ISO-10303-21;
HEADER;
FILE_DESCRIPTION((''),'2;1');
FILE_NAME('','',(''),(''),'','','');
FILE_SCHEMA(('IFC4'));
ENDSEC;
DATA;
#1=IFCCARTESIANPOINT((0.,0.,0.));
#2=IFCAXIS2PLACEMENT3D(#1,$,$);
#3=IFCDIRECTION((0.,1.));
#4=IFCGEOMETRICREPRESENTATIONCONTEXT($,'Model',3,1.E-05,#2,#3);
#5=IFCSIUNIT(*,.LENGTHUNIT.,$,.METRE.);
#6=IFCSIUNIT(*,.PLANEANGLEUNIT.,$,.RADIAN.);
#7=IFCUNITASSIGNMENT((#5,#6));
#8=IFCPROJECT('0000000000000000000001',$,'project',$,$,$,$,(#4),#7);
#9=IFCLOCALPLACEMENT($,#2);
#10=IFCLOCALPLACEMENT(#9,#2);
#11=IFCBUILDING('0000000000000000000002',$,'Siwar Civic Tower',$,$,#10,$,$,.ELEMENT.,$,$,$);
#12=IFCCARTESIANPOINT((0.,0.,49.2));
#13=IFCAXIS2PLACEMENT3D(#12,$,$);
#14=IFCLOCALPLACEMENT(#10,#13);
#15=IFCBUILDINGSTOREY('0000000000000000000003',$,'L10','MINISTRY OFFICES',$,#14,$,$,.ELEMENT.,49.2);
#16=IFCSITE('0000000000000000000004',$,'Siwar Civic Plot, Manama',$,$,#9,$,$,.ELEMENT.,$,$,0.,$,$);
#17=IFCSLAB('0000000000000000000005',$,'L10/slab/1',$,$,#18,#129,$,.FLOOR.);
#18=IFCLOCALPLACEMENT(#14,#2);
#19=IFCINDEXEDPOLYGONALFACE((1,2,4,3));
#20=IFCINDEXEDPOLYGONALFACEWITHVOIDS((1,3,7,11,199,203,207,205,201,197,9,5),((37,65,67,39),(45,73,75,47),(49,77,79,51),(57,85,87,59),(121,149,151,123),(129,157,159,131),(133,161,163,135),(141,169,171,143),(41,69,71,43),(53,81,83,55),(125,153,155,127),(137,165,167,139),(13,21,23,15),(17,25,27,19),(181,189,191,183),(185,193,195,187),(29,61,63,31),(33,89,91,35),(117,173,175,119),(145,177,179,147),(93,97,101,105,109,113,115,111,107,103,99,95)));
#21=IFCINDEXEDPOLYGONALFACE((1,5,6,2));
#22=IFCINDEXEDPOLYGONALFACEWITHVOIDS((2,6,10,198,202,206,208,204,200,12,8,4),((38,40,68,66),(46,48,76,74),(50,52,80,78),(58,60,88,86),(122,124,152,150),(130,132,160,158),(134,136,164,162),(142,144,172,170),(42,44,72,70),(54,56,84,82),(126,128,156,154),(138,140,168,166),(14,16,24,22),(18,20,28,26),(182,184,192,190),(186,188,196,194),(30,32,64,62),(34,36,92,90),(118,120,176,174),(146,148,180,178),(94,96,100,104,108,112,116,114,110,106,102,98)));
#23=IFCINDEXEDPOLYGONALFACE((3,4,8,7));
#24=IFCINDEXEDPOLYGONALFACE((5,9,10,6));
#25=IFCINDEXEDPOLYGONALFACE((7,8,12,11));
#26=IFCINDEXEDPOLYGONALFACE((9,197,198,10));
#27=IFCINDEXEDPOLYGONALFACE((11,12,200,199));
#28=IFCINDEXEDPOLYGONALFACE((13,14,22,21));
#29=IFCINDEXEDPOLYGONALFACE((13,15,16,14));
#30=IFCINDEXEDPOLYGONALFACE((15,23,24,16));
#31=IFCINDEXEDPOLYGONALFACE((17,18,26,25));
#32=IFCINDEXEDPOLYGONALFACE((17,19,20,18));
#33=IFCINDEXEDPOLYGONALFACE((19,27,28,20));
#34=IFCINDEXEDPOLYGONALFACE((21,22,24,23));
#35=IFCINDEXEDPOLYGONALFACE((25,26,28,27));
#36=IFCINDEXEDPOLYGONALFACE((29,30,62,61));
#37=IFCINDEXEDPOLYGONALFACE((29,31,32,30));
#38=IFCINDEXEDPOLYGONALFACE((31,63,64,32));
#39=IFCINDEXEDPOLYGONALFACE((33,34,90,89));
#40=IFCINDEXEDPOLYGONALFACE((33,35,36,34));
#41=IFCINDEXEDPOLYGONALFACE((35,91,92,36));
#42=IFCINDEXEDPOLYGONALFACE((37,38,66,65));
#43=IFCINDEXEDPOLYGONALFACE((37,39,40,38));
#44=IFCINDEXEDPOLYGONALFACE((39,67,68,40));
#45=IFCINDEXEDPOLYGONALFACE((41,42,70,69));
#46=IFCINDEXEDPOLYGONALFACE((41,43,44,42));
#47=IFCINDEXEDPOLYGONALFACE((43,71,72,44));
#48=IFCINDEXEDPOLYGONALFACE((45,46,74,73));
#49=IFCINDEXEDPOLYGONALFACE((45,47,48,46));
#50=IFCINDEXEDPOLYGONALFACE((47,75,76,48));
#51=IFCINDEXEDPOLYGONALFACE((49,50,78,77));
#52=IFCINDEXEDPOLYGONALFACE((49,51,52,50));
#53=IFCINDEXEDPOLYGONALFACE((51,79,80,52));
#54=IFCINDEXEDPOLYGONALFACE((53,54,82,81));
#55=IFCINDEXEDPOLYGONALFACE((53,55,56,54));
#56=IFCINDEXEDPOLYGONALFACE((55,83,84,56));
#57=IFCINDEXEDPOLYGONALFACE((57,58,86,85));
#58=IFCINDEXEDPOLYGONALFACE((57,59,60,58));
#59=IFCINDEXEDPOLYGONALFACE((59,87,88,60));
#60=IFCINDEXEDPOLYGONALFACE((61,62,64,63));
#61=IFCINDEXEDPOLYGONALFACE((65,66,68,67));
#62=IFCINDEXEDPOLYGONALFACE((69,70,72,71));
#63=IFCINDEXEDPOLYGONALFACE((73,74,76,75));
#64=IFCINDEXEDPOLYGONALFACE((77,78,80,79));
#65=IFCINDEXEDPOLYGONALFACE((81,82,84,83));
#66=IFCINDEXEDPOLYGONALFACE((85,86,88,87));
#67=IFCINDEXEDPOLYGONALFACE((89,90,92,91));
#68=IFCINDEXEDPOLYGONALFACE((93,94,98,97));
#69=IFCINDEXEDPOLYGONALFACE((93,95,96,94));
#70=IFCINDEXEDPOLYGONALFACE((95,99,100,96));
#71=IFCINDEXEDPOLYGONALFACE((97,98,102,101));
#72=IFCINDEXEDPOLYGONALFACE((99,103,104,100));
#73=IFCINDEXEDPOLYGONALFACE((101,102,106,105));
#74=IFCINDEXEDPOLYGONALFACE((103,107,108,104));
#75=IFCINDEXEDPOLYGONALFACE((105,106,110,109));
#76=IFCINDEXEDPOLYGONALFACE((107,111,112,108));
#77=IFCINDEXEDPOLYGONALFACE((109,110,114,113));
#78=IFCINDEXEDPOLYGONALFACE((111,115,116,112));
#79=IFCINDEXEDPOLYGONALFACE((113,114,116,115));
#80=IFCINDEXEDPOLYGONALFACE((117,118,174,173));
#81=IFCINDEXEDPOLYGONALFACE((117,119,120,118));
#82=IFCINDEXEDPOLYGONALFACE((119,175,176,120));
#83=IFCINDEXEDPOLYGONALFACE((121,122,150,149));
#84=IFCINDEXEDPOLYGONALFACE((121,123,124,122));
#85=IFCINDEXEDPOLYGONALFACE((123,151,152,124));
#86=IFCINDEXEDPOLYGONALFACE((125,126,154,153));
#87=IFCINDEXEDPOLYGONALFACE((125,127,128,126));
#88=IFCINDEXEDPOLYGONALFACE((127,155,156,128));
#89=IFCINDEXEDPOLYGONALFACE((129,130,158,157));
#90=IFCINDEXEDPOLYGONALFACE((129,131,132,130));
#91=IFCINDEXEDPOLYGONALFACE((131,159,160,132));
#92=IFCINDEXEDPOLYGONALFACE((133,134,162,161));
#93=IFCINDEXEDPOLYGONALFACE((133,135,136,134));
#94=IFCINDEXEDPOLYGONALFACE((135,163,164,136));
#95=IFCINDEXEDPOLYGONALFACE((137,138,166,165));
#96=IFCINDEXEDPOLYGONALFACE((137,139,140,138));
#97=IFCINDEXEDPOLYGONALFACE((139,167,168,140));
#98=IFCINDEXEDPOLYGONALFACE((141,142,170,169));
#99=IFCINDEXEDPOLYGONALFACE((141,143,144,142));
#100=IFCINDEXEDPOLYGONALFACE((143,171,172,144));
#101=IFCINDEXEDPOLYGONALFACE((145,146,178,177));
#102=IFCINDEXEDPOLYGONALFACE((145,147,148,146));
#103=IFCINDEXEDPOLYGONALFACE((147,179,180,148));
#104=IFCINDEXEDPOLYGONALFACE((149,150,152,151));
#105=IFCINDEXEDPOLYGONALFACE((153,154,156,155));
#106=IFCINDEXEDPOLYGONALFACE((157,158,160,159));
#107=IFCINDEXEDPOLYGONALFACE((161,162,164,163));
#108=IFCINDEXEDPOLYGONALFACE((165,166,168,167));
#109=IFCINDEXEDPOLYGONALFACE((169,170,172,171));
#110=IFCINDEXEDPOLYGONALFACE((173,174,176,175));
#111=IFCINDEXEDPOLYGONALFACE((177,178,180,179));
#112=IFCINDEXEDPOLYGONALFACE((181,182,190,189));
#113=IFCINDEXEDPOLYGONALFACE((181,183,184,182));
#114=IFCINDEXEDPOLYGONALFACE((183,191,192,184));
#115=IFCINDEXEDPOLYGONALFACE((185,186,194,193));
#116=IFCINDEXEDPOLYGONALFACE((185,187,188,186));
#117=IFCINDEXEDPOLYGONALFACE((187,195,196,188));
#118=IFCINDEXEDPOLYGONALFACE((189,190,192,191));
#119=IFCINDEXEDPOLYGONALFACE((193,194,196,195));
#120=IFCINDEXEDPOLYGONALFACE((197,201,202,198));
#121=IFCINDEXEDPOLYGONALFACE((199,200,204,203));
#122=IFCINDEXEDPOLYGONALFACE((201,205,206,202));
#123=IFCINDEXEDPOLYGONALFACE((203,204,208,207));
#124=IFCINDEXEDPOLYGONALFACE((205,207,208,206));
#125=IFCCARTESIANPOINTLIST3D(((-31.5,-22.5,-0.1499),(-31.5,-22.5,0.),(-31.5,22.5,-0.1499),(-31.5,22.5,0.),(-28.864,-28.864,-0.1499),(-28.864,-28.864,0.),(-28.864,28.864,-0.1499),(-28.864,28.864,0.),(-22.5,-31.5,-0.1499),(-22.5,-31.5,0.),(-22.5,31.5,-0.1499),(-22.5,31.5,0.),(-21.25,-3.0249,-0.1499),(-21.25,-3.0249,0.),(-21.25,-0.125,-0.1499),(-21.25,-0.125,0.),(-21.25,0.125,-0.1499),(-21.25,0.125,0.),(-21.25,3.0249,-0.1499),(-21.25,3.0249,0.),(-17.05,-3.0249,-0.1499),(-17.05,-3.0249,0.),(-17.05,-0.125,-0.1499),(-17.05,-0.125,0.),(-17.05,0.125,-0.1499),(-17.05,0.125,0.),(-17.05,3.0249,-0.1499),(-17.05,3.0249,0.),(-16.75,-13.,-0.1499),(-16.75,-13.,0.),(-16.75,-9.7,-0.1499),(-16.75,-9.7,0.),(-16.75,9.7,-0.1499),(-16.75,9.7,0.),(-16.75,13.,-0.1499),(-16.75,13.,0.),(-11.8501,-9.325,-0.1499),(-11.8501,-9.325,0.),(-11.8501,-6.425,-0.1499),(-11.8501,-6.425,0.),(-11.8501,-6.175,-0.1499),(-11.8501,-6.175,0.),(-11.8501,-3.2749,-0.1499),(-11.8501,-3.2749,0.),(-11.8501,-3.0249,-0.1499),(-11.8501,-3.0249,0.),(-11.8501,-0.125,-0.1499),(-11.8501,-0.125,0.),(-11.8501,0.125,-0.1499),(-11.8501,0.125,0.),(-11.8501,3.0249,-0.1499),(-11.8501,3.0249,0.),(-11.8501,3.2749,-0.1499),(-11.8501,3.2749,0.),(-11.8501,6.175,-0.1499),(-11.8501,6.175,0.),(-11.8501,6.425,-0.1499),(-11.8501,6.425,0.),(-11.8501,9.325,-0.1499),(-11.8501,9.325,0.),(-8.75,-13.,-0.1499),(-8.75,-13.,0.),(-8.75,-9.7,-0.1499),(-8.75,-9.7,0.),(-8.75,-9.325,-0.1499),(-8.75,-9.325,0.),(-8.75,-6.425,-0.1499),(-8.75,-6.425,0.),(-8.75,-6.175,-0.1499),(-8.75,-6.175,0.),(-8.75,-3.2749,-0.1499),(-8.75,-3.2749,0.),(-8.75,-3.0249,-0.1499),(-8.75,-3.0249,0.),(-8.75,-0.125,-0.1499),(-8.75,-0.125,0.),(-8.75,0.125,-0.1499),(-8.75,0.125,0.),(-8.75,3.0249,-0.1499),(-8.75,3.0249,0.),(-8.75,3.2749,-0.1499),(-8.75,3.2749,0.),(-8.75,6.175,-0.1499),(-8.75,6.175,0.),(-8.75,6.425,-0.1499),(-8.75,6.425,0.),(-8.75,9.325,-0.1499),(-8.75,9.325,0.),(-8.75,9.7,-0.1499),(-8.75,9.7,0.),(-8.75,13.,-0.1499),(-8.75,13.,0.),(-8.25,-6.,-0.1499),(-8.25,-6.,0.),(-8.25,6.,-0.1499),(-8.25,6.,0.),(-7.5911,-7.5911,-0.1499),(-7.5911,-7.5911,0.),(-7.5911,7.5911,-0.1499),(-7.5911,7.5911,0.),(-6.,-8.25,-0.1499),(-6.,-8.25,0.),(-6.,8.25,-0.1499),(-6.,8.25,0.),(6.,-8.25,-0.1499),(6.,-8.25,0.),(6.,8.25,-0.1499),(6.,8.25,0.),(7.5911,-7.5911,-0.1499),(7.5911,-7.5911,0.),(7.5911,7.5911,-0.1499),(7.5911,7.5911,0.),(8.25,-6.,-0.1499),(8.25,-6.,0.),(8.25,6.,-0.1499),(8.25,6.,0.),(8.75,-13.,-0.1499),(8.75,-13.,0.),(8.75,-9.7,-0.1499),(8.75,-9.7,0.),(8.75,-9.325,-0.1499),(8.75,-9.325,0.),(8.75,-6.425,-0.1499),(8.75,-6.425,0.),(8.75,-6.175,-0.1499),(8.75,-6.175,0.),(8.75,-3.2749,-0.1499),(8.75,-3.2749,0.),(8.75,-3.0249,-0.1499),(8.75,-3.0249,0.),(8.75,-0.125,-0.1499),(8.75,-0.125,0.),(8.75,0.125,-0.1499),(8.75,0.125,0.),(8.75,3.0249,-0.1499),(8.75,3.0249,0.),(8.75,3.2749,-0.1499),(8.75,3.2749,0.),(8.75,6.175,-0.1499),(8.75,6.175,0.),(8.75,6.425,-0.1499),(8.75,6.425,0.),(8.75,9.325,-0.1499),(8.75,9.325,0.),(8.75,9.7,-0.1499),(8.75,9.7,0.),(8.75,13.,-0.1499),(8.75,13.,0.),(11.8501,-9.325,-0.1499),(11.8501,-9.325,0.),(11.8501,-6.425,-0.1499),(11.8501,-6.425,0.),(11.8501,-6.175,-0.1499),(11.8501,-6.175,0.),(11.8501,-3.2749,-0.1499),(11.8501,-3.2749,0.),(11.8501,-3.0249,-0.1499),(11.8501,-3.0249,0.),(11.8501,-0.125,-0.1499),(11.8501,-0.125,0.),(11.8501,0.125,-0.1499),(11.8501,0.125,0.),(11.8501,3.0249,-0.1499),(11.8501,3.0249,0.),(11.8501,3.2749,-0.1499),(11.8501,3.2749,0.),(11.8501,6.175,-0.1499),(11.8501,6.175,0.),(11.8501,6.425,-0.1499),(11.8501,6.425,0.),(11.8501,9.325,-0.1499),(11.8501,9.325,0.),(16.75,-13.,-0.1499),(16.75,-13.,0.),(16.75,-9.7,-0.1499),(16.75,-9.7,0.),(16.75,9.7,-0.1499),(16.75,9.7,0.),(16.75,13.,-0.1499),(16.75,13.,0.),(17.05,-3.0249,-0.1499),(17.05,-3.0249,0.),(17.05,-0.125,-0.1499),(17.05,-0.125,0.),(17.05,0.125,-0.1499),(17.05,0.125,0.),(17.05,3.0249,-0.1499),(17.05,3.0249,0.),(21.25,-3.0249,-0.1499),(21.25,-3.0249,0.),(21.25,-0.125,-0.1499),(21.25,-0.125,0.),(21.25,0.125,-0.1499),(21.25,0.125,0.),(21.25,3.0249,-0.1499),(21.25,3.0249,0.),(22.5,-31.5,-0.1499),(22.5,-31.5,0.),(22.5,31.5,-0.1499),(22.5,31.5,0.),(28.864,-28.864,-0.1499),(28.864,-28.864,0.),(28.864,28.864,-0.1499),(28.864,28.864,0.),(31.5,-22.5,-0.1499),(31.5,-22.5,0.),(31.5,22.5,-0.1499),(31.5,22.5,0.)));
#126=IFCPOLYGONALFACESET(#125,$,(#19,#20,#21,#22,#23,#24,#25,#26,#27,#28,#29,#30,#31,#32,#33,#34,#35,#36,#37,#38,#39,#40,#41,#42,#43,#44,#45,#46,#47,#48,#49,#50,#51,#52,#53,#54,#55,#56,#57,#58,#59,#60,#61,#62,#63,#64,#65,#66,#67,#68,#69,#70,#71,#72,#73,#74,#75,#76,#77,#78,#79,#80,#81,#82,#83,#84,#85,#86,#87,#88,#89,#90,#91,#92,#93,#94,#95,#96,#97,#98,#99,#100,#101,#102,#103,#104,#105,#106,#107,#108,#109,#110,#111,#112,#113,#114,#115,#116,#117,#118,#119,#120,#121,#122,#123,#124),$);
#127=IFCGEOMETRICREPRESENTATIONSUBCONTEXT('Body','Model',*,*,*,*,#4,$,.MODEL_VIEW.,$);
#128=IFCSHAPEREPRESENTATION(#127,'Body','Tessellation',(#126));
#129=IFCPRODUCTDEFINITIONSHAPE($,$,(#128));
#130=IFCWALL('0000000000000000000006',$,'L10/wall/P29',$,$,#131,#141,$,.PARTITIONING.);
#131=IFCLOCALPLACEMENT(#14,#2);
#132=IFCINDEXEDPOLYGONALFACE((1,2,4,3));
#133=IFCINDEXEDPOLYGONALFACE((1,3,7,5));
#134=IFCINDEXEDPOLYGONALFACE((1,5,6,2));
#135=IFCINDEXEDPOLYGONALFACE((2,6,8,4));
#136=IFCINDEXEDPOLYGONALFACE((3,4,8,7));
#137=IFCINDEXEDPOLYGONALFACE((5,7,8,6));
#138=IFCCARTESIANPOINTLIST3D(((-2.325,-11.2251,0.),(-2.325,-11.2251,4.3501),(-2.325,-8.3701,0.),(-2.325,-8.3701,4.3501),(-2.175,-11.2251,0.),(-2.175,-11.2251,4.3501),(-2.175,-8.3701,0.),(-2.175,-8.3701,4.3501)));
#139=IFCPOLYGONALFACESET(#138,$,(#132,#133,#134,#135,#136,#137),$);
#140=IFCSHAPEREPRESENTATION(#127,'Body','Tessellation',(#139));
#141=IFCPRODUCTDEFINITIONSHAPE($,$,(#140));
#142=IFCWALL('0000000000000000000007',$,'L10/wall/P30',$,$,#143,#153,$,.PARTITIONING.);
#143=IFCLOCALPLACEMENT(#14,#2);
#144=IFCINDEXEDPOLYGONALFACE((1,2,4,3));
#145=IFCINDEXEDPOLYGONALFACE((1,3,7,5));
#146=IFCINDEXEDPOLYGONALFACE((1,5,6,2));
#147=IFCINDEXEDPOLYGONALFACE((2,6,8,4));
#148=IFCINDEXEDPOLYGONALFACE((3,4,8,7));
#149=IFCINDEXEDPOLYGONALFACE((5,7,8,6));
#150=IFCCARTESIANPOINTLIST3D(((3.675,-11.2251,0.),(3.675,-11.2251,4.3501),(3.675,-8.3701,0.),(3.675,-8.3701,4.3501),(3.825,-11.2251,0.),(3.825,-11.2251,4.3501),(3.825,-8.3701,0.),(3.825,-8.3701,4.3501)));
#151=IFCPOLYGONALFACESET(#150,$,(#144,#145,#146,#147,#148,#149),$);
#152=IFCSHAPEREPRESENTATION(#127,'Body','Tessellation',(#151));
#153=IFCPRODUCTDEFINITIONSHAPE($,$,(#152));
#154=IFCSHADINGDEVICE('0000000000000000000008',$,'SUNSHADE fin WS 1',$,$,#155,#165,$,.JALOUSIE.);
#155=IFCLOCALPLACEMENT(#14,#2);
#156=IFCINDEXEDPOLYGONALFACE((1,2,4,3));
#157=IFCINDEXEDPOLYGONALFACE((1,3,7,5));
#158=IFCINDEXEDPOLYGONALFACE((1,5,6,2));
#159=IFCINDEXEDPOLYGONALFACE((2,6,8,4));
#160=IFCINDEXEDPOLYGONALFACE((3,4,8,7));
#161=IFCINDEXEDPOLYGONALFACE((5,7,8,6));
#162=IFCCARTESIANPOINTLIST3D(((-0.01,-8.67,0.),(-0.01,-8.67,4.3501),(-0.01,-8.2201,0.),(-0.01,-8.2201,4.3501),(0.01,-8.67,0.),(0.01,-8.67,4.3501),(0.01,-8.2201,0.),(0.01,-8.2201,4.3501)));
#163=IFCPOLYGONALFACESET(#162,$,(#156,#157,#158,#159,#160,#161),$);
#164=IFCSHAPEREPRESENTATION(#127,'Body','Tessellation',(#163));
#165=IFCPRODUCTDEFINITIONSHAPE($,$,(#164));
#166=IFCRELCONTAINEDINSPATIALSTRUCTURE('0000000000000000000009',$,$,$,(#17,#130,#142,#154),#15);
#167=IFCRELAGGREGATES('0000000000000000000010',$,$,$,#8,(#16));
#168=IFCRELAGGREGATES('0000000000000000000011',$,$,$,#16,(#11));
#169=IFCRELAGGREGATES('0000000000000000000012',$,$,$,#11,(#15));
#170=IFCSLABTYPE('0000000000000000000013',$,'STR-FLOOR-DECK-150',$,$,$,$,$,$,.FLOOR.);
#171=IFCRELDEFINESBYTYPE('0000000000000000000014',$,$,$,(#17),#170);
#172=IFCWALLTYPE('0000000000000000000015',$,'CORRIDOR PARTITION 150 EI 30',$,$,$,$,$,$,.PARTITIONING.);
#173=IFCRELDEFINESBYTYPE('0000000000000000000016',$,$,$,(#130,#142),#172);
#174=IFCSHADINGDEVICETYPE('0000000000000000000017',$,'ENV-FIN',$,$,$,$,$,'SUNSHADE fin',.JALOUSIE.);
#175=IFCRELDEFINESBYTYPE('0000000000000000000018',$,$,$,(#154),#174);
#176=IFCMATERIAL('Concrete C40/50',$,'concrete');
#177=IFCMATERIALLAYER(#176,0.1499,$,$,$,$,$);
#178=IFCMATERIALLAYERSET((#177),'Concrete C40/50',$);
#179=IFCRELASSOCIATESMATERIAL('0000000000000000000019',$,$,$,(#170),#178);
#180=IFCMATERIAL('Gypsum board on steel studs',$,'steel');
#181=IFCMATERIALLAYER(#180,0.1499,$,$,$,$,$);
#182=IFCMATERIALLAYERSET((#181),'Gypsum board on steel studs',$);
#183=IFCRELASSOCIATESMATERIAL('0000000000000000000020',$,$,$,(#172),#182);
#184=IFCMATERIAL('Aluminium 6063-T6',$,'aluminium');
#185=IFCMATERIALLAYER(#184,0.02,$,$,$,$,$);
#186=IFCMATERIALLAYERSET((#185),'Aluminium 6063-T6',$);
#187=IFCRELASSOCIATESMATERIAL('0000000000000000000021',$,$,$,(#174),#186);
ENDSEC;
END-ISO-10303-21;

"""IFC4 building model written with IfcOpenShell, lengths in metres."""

from ifc_helpers import new_model, si_unit, direction, frame, frame_2d, origin, origin_2d, place, context, subcontext, project, spatial, polyline, rectangle, outline, extrude, material, layer, layer_set, type_object, element, save


model = new_model("IFC4")

# Units and contexts
model_context = context("Model", 3, precision=1e-05, world=origin(), true_north=direction((0.0, 1.0)))
body_context = subcontext(model_context, "Body", "Model", "MODEL_VIEW")
ifc_project = project(units=[si_unit("LENGTHUNIT", "METRE"), si_unit("PLANEANGLEUNIT", "RADIAN")], contexts=[model_context])

# Site, building, storey
site_placement = place(None, origin())
site = spatial("IfcSite", under=ifc_project, at=site_placement, Name="Siwar Civic Plot, Manama", CompositionType="ELEMENT", RefElevation=0.0)
building_placement = place(site_placement, origin())
building = spatial("IfcBuilding", under=site, at=building_placement, Name="Siwar Civic Tower", CompositionType="ELEMENT")
storey_placement = place(building_placement, frame((0.0, 0.0, 49.2)))
storey = spatial("IfcBuildingStorey", under=building, at=storey_placement, Name="L10", Description="MINISTRY OFFICES", CompositionType="ELEMENT", Elevation=49.2)

# Slab
ifc_material_1 = material(Name="Concrete C40/50", Category="concrete")
ifc_layer_1 = layer(ifc_material_1, 0.1499)
ifc_layer_set_1 = layer_set([ifc_layer_1], Name="Concrete C40/50")
slab_type_1 = type_object("IfcSlabType", Name="STR-FLOOR-DECK-150", PredefinedType="FLOOR", material=ifc_layer_set_1)
slab_1_placement = place(storey_placement, frame((0.0, 0.0, -0.1499)))
element("IfcSlab", 1, at=slab_1_placement, inside=storey, type_object=slab_type_1, Name="L10/slab/1", PredefinedType="FLOOR", context=body_context, shape_type="SweptSolid", body=[
    extrude(outline(polyline([(-22.5, -31.5), (22.5, -31.5), (28.864, -28.864), (31.5, -22.5), (31.5, 22.5), (28.864, 28.864), (22.5, 31.5), (-22.5, 31.5), (-28.864, 28.864), (-31.5, 22.5), (-31.5, -22.5), (-28.864, -28.864), (-22.5, -31.5)]), holes=[polyline([(21.25, 3.0249), (21.25, 0.125), (17.05, 0.125), (17.05, 3.0249), (21.25, 3.0249)]), polyline([(17.05, -0.125), (21.25, -0.125), (21.25, -3.0249), (17.05, -3.0249), (17.05, -0.125)]), polyline([(16.75, 13.0), (16.75, 9.7), (8.75, 9.7), (8.75, 13.0), (16.75, 13.0)]), polyline([(8.75, -9.7), (16.75, -9.7), (16.75, -13.0), (8.75, -13.0), (8.75, -9.7)]), polyline([(11.8501, 9.325), (11.8501, 6.425), (8.75, 6.425), (8.75, 9.325), (11.8501, 9.325)]), polyline([(11.8501, 3.0249), (11.8501, 0.125), (8.75, 0.125), (8.75, 3.0249), (11.8501, 3.0249)]), polyline([(11.8501, -0.125), (11.8501, -3.0249), (8.75, -3.0249), (8.75, -0.125), (11.8501, -0.125)]), polyline([(11.8501, -3.2749), (11.8501, -6.175), (8.75, -6.175), (8.75, -3.2749), (11.8501, -3.2749)]), polyline([(8.75, 6.175), (11.8501, 6.175), (11.8501, 3.2749), (8.75, 3.2749), (8.75, 6.175)]), polyline([(8.75, -6.425), (11.8501, -6.425), (11.8501, -9.325), (8.75, -9.325), (8.75, -6.425)]), polyline([(-6.0, 8.25), (6.0, 8.25), (7.5911, 7.5911), (8.25, 6.0), (8.25, -6.0), (7.5911, -7.5911), (6.0, -8.25), (-6.0, -8.25), (-7.5911, -7.5911), (-8.25, -6.0), (-8.25, 6.0), (-7.5911, 7.5911), (-6.0, 8.25)]), polyline([(-8.75, 9.7), (-16.75, 9.7), (-16.75, 13.0), (-8.75, 13.0), (-8.75, 9.7)]), polyline([(-8.75, 0.125), (-11.8501, 0.125), (-11.8501, 3.0249), (-8.75, 3.0249), (-8.75, 0.125)]), polyline([(-8.75, -6.175), (-11.8501, -6.175), (-11.8501, -3.2749), (-8.75, -3.2749), (-8.75, -6.175)]), polyline([(-8.75, -9.325), (-11.8501, -9.325), (-11.8501, -6.425), (-8.75, -6.425), (-8.75, -9.325)]), polyline([(-8.75, -13.0), (-16.75, -13.0), (-16.75, -9.7), (-8.75, -9.7), (-8.75, -13.0)]), polyline([(-11.8501, 6.425), (-11.8501, 9.325), (-8.75, 9.325), (-8.75, 6.425), (-11.8501, 6.425)]), polyline([(-11.8501, 3.2749), (-11.8501, 6.175), (-8.75, 6.175), (-8.75, 3.2749), (-11.8501, 3.2749)]), polyline([(-11.8501, -3.0249), (-11.8501, -0.125), (-8.75, -0.125), (-8.75, -3.0249), (-11.8501, -3.0249)]), polyline([(-21.25, -3.0249), (-21.25, -0.125), (-17.05, -0.125), (-17.05, -3.0249), (-21.25, -3.0249)]), polyline([(-17.05, 0.125), (-21.25, 0.125), (-21.25, 3.0249), (-17.05, 3.0249), (-17.05, 0.125)])]), origin(), (0.0, 0.0, 1.0), 0.1499),
])

# Walls
ifc_material_2 = material(Name="Gypsum board on steel studs", Category="steel")
ifc_layer_2 = layer(ifc_material_2, 0.1499)
ifc_layer_set_2 = layer_set([ifc_layer_2], Name="Gypsum board on steel studs")
wall_type = type_object("IfcWallType", Name="CORRIDOR PARTITION 150 EI 30", PredefinedType="PARTITIONING", material=ifc_layer_set_2)
for number, where, z_axis, x_axis, name in (
    (2, (-2.25, -11.2251, 0.0), (0.0, 0.0, 1.0), (0.0, 1.0, 0.0), "L10/wall/P29"),
    (3, (3.75, -11.2251, 0.0), (0.0, 0.0, 1.0), (0.0, 1.0, 0.0), "L10/wall/P30"),
):
    element("IfcWall", number, at=place(storey_placement, frame(where, z_axis=z_axis, x_axis=x_axis)), inside=storey, type_object=wall_type, Name=name, PredefinedType="PARTITIONING", context=body_context, shape_type="SweptSolid", body=[
        extrude(rectangle(XDim=2.855, YDim=0.1499, at=frame_2d((1.4275, 0.0))), origin(), (0.0, 0.0, 1.0), 4.3501),
    ])

# Shading device
ifc_material_3 = material(Name="Aluminium 6063-T6", Category="aluminium")
ifc_layer_3 = layer(ifc_material_3, 0.02)
ifc_layer_set_3 = layer_set([ifc_layer_3], Name="Aluminium 6063-T6")
shading_device_type = type_object("IfcShadingDeviceType", Name="ENV-FIN", ElementType="SUNSHADE fin", PredefinedType="JALOUSIE", material=ifc_layer_set_3)
shading_device_placement = place(storey_placement, frame((0.0, -8.4451, 0.0), z_axis=(0.0, 0.0, 1.0), x_axis=(1.0, 0.0, 0.0)))
element("IfcShadingDevice", 4, at=shading_device_placement, inside=storey, type_object=shading_device_type, Name="SUNSHADE fin WS 1", PredefinedType="JALOUSIE", context=body_context, shape_type="SweptSolid", body=[
    extrude(rectangle(XDim=0.02, YDim=0.45, at=origin_2d()), origin(), (0.0, 0.0, 1.0), 4.3501),
])

save(model, "model.ifc")
